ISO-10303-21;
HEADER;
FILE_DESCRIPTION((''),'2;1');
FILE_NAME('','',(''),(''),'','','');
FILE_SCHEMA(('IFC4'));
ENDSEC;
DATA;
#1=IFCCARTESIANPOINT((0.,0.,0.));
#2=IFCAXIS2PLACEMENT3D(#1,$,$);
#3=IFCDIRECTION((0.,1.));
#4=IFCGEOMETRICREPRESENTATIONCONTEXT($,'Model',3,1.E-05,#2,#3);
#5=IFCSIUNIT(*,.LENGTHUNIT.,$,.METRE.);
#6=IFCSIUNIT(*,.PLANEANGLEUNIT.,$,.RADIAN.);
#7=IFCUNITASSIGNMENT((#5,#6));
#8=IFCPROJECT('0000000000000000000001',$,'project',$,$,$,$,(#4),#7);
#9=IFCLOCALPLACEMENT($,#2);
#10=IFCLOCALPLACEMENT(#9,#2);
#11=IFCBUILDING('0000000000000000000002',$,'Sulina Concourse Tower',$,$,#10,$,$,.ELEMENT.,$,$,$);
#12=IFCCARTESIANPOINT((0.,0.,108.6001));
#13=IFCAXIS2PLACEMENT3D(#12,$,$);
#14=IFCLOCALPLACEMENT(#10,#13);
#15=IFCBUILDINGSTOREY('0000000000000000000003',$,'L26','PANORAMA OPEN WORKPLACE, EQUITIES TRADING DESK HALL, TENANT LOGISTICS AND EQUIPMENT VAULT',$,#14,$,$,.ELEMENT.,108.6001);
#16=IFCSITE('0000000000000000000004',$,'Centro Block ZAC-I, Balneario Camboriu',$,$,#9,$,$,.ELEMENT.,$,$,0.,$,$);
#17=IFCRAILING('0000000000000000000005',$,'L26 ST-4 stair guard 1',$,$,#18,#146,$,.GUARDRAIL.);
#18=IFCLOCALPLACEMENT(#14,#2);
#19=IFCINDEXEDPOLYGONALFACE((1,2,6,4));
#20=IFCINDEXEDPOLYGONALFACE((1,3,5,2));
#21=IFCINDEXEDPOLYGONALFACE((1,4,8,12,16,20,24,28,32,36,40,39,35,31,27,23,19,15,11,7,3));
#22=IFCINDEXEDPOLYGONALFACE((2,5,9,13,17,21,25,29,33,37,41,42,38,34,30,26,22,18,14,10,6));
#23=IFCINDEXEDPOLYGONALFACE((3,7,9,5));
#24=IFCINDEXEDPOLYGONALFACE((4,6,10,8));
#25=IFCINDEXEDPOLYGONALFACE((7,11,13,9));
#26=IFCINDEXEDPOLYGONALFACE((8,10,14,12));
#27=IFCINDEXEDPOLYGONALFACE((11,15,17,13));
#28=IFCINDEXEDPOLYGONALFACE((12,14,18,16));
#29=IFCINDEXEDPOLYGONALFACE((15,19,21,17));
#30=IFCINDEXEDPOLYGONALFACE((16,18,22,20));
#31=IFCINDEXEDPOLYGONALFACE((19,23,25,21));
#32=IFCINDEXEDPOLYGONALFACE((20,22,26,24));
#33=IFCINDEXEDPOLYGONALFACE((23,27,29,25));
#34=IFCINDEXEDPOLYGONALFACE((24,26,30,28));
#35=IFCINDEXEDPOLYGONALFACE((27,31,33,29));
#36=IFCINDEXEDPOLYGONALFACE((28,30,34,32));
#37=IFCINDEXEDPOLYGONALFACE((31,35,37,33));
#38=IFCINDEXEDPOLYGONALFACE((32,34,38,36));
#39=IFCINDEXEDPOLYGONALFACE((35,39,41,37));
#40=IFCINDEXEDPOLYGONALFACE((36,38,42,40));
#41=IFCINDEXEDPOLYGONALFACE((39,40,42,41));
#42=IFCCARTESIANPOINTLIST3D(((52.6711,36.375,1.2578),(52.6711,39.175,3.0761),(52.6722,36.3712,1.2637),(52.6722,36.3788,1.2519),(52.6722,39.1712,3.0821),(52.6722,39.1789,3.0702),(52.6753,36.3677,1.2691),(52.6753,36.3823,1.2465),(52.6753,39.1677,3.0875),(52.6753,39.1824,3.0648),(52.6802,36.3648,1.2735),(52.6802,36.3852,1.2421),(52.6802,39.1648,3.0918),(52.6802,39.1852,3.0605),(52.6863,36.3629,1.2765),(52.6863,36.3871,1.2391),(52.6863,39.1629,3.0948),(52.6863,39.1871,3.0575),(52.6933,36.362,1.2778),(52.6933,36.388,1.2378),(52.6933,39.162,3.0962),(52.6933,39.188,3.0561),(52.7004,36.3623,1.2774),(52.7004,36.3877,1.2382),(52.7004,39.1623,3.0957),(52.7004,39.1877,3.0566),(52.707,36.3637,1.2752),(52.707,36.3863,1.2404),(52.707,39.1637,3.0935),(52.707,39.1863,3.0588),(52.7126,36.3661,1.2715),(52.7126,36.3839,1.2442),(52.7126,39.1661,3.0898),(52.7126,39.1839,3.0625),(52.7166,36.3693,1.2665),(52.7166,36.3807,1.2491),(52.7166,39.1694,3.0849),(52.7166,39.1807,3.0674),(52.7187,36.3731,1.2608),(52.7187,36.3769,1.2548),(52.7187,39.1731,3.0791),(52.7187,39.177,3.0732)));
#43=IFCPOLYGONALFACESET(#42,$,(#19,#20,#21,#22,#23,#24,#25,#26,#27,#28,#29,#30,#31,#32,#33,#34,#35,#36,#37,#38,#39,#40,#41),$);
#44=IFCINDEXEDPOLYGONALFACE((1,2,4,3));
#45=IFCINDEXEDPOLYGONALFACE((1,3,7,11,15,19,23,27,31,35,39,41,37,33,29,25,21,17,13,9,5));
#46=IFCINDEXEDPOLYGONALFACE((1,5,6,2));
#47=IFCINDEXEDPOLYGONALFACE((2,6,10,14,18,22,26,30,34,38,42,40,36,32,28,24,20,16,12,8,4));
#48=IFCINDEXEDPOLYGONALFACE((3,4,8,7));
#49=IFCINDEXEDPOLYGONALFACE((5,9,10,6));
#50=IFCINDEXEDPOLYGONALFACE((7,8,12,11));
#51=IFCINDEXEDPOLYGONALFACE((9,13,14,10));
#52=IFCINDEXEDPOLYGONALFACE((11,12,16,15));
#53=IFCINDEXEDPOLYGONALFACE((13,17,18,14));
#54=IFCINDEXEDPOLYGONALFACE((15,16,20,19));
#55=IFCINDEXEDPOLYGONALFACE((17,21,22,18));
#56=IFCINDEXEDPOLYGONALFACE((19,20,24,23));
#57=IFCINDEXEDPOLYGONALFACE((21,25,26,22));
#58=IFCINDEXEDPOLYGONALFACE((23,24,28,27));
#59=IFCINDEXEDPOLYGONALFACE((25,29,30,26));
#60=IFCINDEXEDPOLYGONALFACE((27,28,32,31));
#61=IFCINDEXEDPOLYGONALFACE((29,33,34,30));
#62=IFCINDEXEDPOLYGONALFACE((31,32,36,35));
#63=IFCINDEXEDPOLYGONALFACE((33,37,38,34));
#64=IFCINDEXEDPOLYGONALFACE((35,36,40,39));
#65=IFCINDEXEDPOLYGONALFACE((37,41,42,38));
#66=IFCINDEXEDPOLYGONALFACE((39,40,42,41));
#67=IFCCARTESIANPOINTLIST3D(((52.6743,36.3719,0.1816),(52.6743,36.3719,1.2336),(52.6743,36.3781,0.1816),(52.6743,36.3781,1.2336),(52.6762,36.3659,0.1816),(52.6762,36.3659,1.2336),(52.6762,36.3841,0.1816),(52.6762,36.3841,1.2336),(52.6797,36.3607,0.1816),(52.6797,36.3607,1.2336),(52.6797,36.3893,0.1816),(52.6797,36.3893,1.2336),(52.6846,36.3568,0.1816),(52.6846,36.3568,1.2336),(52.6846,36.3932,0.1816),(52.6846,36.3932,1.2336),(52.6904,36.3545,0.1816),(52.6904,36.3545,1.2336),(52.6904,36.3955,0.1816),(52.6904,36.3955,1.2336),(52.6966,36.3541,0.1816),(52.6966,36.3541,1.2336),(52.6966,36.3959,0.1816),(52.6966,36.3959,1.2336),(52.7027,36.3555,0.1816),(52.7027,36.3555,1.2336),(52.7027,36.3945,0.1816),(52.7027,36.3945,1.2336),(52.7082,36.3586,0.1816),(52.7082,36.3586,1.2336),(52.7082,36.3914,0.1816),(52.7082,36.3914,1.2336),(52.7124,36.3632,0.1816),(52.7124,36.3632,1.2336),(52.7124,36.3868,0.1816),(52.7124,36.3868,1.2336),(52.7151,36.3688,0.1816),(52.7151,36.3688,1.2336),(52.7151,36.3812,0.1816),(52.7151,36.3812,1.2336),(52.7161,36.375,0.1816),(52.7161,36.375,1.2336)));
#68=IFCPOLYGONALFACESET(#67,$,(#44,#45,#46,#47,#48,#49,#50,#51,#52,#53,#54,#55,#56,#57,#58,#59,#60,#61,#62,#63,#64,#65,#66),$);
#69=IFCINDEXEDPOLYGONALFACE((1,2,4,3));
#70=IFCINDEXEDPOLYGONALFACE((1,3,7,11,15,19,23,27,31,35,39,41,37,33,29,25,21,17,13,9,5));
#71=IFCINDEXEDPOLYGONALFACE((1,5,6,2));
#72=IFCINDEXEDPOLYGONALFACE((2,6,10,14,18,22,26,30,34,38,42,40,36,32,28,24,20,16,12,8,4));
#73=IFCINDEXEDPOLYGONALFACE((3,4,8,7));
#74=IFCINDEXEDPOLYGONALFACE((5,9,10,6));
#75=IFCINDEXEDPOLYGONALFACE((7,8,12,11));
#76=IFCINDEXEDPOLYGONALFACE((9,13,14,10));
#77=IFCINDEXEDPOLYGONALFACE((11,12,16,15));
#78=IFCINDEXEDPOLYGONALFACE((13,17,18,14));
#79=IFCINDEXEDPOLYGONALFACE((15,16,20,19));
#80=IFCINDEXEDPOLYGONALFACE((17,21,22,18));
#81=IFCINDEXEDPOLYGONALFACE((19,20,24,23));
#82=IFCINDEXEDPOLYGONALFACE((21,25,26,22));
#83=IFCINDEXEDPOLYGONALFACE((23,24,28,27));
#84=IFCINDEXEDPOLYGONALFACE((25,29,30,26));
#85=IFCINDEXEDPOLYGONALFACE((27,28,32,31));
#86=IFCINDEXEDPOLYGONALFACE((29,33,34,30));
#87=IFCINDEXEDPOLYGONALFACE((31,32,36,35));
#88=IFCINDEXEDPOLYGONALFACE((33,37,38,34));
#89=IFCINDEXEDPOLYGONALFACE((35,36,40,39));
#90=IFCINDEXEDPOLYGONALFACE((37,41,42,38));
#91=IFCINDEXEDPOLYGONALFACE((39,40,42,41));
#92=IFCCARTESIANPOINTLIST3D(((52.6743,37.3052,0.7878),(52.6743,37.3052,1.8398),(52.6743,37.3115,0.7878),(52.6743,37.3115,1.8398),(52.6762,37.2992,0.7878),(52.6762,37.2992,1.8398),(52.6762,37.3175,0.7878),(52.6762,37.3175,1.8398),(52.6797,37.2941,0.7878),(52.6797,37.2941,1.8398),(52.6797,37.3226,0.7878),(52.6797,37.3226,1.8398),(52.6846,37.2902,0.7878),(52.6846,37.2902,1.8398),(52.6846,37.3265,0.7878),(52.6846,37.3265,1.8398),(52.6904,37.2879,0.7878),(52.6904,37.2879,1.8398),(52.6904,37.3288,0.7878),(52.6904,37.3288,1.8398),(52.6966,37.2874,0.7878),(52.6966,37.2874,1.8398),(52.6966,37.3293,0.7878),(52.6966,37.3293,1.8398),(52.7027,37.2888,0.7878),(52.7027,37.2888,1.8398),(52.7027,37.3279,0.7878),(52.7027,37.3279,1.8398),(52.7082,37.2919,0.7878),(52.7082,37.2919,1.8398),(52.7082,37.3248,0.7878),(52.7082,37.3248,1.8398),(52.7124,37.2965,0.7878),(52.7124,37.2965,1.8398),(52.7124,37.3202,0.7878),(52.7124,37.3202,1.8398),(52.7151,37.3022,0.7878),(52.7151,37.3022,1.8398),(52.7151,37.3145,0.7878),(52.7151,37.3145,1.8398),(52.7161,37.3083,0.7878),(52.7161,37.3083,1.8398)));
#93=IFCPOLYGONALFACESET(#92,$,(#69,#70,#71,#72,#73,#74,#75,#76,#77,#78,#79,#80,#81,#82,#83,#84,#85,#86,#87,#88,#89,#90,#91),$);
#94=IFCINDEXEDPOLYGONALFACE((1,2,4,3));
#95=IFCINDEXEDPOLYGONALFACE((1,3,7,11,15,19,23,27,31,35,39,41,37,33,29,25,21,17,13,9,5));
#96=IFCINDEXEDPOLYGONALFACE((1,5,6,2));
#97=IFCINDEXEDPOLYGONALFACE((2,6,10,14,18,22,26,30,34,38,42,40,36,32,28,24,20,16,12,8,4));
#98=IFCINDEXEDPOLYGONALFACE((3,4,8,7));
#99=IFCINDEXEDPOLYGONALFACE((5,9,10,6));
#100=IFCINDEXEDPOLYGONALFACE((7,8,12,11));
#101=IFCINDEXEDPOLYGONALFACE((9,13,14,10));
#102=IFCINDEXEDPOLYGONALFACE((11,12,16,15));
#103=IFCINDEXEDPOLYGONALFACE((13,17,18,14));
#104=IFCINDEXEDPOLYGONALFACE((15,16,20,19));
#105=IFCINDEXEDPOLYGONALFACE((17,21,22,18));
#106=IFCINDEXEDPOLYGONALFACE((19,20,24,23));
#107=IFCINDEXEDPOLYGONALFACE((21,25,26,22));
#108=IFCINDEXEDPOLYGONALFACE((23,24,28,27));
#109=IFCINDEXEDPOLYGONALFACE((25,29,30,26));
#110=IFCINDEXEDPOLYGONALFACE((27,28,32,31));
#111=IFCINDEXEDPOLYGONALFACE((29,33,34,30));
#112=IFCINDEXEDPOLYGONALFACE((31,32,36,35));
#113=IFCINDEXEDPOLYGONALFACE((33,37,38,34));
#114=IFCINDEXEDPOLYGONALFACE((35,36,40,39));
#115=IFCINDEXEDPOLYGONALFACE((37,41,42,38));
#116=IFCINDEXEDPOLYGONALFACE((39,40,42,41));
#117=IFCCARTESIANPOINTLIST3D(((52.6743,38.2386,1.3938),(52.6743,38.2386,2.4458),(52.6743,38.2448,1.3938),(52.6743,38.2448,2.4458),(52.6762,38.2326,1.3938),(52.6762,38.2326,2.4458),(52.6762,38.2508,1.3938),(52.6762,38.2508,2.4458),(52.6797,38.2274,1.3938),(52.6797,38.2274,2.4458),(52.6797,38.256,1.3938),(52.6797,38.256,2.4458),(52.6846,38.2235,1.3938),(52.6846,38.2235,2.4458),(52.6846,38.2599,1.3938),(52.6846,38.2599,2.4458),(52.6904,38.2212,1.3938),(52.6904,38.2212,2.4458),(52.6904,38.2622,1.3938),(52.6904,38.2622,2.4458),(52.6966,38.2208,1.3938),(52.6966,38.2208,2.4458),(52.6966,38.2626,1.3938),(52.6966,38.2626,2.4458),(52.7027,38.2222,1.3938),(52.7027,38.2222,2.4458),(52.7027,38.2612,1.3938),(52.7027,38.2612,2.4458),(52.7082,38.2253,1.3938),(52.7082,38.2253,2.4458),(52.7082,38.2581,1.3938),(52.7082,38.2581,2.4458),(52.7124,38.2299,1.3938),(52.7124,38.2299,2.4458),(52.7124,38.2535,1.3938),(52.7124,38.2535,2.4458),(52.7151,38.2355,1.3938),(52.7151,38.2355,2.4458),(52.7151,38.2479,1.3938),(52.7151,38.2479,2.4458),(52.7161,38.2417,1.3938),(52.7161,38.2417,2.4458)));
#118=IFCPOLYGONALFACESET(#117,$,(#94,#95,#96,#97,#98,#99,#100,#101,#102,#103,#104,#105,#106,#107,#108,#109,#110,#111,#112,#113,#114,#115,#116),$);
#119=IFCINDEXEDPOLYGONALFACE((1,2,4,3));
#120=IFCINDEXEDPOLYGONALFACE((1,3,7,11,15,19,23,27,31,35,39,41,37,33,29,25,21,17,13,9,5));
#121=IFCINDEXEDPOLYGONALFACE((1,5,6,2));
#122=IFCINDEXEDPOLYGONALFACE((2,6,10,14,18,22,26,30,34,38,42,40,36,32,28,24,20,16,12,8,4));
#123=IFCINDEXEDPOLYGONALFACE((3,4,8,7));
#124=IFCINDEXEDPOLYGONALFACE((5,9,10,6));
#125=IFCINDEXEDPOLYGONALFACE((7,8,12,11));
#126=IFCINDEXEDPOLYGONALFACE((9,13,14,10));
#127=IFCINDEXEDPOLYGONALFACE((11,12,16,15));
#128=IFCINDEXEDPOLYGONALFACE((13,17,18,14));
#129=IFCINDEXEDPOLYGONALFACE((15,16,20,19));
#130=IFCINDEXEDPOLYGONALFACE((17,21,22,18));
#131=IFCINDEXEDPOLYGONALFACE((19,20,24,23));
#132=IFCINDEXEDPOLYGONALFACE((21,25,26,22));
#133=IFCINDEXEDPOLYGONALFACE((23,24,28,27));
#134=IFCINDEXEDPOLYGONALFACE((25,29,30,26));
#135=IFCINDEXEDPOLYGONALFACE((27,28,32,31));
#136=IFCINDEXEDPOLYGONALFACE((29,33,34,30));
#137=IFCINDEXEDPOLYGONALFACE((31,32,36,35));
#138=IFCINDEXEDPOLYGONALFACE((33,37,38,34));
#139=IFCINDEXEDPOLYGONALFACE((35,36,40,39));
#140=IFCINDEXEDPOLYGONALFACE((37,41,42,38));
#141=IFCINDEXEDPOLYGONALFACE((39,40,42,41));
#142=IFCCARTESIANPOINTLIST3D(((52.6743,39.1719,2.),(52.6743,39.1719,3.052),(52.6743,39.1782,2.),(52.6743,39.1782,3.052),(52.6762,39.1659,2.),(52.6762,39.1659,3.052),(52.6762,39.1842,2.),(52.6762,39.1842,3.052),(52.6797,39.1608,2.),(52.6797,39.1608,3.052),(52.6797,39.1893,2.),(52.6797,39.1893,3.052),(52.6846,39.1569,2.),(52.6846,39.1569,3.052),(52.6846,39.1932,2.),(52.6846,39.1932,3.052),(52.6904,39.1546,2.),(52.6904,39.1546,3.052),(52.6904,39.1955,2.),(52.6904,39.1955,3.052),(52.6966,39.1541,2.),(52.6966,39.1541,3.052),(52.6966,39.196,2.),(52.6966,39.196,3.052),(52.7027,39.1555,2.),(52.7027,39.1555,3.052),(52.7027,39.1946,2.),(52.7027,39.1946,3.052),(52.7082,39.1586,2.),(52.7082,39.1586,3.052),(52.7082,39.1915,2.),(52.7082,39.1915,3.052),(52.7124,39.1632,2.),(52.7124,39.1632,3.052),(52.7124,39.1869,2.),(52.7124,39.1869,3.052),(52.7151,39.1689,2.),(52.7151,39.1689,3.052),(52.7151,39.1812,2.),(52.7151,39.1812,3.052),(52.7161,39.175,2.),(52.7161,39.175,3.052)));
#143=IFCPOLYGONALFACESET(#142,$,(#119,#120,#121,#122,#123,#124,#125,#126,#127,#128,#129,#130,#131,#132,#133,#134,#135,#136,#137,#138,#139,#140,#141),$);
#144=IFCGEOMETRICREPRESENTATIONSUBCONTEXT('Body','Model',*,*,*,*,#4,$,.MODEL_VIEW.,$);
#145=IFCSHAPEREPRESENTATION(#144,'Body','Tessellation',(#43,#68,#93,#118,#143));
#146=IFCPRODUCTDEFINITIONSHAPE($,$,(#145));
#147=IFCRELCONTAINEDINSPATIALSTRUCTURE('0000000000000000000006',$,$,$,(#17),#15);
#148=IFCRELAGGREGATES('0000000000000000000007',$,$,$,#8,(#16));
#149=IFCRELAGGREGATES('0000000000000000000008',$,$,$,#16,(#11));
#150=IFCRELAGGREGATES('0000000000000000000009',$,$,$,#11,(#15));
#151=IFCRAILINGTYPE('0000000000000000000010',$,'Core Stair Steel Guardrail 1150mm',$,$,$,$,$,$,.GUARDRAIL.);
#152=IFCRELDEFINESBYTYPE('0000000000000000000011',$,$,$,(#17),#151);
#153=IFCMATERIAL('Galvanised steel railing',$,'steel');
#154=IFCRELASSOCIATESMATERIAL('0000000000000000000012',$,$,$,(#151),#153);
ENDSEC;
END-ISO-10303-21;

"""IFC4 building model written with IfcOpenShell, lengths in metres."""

from ifc_helpers import new_model, si_unit, direction, frame, origin, origin_2d, place, context, subcontext, project, spatial, circle, extrude, material, type_object, element, save


model = new_model("IFC4")

# Units and contexts
model_context = context("Model", 3, precision=1e-05, world=origin(), true_north=direction((0.0, 1.0)))
body_context = subcontext(model_context, "Body", "Model", "MODEL_VIEW")
ifc_project = project(units=[si_unit("LENGTHUNIT", "METRE"), si_unit("PLANEANGLEUNIT", "RADIAN")], contexts=[model_context])

# Site, building, storey
site_placement = place(None, origin())
site = spatial("IfcSite", under=ifc_project, at=site_placement, Name="Centro Block ZAC-I, Balneario Camboriu", CompositionType="ELEMENT", RefElevation=0.0)
building_placement = place(site_placement, origin())
building = spatial("IfcBuilding", under=site, at=building_placement, Name="Sulina Concourse Tower", CompositionType="ELEMENT")
storey_placement = place(building_placement, frame((0.0, 0.0, 108.6001)))
storey = spatial("IfcBuildingStorey", under=building, at=storey_placement, Name="L26", Description="PANORAMA OPEN WORKPLACE, EQUITIES TRADING DESK HALL, TENANT LOGISTICS AND EQUIPMENT VAULT", CompositionType="ELEMENT", Elevation=108.6001)

# Railing
ifc_material_1 = material(Name="Galvanised steel railing", Category="steel")
railing_type_1 = type_object("IfcRailingType", Name="Core Stair Steel Guardrail 1150mm", PredefinedType="GUARDRAIL", material=ifc_material_1)
railing_1_placement = place(storey_placement, frame((52.6951, 36.375, 0.1816)))
element("IfcRailing", 1, at=railing_1_placement, inside=storey, type_object=railing_type_1, Name="L26 ST-4 stair guard 1", PredefinedType="GUARDRAIL", context=body_context, shape_type="SweptSolid", body=[
    extrude(circle(Radius=0.0239, at=origin_2d()), frame((0.0, 0.0, 1.0762), z_axis=(0.0, 0.838672, 0.544636), x_axis=(-1.0, 0.0, 0.0)), (0.0, 0.0, 1.0), 3.3386),
    extrude(circle(Radius=0.021, at=origin_2d()), origin(), (0.0, 0.0, 1.0), 1.052),
    extrude(circle(Radius=0.021, at=origin_2d()), frame((0.0, 0.9333, 0.6062)), (0.0, 0.0, 1.0), 1.052),
    extrude(circle(Radius=0.021, at=origin_2d()), frame((0.0, 1.8667, 1.2122)), (0.0, 0.0, 1.0), 1.052),
    extrude(circle(Radius=0.021, at=origin_2d()), frame((0.0, 2.8, 1.8184)), (0.0, 0.0, 1.0), 1.052),
])

save(model, "model.ifc")
